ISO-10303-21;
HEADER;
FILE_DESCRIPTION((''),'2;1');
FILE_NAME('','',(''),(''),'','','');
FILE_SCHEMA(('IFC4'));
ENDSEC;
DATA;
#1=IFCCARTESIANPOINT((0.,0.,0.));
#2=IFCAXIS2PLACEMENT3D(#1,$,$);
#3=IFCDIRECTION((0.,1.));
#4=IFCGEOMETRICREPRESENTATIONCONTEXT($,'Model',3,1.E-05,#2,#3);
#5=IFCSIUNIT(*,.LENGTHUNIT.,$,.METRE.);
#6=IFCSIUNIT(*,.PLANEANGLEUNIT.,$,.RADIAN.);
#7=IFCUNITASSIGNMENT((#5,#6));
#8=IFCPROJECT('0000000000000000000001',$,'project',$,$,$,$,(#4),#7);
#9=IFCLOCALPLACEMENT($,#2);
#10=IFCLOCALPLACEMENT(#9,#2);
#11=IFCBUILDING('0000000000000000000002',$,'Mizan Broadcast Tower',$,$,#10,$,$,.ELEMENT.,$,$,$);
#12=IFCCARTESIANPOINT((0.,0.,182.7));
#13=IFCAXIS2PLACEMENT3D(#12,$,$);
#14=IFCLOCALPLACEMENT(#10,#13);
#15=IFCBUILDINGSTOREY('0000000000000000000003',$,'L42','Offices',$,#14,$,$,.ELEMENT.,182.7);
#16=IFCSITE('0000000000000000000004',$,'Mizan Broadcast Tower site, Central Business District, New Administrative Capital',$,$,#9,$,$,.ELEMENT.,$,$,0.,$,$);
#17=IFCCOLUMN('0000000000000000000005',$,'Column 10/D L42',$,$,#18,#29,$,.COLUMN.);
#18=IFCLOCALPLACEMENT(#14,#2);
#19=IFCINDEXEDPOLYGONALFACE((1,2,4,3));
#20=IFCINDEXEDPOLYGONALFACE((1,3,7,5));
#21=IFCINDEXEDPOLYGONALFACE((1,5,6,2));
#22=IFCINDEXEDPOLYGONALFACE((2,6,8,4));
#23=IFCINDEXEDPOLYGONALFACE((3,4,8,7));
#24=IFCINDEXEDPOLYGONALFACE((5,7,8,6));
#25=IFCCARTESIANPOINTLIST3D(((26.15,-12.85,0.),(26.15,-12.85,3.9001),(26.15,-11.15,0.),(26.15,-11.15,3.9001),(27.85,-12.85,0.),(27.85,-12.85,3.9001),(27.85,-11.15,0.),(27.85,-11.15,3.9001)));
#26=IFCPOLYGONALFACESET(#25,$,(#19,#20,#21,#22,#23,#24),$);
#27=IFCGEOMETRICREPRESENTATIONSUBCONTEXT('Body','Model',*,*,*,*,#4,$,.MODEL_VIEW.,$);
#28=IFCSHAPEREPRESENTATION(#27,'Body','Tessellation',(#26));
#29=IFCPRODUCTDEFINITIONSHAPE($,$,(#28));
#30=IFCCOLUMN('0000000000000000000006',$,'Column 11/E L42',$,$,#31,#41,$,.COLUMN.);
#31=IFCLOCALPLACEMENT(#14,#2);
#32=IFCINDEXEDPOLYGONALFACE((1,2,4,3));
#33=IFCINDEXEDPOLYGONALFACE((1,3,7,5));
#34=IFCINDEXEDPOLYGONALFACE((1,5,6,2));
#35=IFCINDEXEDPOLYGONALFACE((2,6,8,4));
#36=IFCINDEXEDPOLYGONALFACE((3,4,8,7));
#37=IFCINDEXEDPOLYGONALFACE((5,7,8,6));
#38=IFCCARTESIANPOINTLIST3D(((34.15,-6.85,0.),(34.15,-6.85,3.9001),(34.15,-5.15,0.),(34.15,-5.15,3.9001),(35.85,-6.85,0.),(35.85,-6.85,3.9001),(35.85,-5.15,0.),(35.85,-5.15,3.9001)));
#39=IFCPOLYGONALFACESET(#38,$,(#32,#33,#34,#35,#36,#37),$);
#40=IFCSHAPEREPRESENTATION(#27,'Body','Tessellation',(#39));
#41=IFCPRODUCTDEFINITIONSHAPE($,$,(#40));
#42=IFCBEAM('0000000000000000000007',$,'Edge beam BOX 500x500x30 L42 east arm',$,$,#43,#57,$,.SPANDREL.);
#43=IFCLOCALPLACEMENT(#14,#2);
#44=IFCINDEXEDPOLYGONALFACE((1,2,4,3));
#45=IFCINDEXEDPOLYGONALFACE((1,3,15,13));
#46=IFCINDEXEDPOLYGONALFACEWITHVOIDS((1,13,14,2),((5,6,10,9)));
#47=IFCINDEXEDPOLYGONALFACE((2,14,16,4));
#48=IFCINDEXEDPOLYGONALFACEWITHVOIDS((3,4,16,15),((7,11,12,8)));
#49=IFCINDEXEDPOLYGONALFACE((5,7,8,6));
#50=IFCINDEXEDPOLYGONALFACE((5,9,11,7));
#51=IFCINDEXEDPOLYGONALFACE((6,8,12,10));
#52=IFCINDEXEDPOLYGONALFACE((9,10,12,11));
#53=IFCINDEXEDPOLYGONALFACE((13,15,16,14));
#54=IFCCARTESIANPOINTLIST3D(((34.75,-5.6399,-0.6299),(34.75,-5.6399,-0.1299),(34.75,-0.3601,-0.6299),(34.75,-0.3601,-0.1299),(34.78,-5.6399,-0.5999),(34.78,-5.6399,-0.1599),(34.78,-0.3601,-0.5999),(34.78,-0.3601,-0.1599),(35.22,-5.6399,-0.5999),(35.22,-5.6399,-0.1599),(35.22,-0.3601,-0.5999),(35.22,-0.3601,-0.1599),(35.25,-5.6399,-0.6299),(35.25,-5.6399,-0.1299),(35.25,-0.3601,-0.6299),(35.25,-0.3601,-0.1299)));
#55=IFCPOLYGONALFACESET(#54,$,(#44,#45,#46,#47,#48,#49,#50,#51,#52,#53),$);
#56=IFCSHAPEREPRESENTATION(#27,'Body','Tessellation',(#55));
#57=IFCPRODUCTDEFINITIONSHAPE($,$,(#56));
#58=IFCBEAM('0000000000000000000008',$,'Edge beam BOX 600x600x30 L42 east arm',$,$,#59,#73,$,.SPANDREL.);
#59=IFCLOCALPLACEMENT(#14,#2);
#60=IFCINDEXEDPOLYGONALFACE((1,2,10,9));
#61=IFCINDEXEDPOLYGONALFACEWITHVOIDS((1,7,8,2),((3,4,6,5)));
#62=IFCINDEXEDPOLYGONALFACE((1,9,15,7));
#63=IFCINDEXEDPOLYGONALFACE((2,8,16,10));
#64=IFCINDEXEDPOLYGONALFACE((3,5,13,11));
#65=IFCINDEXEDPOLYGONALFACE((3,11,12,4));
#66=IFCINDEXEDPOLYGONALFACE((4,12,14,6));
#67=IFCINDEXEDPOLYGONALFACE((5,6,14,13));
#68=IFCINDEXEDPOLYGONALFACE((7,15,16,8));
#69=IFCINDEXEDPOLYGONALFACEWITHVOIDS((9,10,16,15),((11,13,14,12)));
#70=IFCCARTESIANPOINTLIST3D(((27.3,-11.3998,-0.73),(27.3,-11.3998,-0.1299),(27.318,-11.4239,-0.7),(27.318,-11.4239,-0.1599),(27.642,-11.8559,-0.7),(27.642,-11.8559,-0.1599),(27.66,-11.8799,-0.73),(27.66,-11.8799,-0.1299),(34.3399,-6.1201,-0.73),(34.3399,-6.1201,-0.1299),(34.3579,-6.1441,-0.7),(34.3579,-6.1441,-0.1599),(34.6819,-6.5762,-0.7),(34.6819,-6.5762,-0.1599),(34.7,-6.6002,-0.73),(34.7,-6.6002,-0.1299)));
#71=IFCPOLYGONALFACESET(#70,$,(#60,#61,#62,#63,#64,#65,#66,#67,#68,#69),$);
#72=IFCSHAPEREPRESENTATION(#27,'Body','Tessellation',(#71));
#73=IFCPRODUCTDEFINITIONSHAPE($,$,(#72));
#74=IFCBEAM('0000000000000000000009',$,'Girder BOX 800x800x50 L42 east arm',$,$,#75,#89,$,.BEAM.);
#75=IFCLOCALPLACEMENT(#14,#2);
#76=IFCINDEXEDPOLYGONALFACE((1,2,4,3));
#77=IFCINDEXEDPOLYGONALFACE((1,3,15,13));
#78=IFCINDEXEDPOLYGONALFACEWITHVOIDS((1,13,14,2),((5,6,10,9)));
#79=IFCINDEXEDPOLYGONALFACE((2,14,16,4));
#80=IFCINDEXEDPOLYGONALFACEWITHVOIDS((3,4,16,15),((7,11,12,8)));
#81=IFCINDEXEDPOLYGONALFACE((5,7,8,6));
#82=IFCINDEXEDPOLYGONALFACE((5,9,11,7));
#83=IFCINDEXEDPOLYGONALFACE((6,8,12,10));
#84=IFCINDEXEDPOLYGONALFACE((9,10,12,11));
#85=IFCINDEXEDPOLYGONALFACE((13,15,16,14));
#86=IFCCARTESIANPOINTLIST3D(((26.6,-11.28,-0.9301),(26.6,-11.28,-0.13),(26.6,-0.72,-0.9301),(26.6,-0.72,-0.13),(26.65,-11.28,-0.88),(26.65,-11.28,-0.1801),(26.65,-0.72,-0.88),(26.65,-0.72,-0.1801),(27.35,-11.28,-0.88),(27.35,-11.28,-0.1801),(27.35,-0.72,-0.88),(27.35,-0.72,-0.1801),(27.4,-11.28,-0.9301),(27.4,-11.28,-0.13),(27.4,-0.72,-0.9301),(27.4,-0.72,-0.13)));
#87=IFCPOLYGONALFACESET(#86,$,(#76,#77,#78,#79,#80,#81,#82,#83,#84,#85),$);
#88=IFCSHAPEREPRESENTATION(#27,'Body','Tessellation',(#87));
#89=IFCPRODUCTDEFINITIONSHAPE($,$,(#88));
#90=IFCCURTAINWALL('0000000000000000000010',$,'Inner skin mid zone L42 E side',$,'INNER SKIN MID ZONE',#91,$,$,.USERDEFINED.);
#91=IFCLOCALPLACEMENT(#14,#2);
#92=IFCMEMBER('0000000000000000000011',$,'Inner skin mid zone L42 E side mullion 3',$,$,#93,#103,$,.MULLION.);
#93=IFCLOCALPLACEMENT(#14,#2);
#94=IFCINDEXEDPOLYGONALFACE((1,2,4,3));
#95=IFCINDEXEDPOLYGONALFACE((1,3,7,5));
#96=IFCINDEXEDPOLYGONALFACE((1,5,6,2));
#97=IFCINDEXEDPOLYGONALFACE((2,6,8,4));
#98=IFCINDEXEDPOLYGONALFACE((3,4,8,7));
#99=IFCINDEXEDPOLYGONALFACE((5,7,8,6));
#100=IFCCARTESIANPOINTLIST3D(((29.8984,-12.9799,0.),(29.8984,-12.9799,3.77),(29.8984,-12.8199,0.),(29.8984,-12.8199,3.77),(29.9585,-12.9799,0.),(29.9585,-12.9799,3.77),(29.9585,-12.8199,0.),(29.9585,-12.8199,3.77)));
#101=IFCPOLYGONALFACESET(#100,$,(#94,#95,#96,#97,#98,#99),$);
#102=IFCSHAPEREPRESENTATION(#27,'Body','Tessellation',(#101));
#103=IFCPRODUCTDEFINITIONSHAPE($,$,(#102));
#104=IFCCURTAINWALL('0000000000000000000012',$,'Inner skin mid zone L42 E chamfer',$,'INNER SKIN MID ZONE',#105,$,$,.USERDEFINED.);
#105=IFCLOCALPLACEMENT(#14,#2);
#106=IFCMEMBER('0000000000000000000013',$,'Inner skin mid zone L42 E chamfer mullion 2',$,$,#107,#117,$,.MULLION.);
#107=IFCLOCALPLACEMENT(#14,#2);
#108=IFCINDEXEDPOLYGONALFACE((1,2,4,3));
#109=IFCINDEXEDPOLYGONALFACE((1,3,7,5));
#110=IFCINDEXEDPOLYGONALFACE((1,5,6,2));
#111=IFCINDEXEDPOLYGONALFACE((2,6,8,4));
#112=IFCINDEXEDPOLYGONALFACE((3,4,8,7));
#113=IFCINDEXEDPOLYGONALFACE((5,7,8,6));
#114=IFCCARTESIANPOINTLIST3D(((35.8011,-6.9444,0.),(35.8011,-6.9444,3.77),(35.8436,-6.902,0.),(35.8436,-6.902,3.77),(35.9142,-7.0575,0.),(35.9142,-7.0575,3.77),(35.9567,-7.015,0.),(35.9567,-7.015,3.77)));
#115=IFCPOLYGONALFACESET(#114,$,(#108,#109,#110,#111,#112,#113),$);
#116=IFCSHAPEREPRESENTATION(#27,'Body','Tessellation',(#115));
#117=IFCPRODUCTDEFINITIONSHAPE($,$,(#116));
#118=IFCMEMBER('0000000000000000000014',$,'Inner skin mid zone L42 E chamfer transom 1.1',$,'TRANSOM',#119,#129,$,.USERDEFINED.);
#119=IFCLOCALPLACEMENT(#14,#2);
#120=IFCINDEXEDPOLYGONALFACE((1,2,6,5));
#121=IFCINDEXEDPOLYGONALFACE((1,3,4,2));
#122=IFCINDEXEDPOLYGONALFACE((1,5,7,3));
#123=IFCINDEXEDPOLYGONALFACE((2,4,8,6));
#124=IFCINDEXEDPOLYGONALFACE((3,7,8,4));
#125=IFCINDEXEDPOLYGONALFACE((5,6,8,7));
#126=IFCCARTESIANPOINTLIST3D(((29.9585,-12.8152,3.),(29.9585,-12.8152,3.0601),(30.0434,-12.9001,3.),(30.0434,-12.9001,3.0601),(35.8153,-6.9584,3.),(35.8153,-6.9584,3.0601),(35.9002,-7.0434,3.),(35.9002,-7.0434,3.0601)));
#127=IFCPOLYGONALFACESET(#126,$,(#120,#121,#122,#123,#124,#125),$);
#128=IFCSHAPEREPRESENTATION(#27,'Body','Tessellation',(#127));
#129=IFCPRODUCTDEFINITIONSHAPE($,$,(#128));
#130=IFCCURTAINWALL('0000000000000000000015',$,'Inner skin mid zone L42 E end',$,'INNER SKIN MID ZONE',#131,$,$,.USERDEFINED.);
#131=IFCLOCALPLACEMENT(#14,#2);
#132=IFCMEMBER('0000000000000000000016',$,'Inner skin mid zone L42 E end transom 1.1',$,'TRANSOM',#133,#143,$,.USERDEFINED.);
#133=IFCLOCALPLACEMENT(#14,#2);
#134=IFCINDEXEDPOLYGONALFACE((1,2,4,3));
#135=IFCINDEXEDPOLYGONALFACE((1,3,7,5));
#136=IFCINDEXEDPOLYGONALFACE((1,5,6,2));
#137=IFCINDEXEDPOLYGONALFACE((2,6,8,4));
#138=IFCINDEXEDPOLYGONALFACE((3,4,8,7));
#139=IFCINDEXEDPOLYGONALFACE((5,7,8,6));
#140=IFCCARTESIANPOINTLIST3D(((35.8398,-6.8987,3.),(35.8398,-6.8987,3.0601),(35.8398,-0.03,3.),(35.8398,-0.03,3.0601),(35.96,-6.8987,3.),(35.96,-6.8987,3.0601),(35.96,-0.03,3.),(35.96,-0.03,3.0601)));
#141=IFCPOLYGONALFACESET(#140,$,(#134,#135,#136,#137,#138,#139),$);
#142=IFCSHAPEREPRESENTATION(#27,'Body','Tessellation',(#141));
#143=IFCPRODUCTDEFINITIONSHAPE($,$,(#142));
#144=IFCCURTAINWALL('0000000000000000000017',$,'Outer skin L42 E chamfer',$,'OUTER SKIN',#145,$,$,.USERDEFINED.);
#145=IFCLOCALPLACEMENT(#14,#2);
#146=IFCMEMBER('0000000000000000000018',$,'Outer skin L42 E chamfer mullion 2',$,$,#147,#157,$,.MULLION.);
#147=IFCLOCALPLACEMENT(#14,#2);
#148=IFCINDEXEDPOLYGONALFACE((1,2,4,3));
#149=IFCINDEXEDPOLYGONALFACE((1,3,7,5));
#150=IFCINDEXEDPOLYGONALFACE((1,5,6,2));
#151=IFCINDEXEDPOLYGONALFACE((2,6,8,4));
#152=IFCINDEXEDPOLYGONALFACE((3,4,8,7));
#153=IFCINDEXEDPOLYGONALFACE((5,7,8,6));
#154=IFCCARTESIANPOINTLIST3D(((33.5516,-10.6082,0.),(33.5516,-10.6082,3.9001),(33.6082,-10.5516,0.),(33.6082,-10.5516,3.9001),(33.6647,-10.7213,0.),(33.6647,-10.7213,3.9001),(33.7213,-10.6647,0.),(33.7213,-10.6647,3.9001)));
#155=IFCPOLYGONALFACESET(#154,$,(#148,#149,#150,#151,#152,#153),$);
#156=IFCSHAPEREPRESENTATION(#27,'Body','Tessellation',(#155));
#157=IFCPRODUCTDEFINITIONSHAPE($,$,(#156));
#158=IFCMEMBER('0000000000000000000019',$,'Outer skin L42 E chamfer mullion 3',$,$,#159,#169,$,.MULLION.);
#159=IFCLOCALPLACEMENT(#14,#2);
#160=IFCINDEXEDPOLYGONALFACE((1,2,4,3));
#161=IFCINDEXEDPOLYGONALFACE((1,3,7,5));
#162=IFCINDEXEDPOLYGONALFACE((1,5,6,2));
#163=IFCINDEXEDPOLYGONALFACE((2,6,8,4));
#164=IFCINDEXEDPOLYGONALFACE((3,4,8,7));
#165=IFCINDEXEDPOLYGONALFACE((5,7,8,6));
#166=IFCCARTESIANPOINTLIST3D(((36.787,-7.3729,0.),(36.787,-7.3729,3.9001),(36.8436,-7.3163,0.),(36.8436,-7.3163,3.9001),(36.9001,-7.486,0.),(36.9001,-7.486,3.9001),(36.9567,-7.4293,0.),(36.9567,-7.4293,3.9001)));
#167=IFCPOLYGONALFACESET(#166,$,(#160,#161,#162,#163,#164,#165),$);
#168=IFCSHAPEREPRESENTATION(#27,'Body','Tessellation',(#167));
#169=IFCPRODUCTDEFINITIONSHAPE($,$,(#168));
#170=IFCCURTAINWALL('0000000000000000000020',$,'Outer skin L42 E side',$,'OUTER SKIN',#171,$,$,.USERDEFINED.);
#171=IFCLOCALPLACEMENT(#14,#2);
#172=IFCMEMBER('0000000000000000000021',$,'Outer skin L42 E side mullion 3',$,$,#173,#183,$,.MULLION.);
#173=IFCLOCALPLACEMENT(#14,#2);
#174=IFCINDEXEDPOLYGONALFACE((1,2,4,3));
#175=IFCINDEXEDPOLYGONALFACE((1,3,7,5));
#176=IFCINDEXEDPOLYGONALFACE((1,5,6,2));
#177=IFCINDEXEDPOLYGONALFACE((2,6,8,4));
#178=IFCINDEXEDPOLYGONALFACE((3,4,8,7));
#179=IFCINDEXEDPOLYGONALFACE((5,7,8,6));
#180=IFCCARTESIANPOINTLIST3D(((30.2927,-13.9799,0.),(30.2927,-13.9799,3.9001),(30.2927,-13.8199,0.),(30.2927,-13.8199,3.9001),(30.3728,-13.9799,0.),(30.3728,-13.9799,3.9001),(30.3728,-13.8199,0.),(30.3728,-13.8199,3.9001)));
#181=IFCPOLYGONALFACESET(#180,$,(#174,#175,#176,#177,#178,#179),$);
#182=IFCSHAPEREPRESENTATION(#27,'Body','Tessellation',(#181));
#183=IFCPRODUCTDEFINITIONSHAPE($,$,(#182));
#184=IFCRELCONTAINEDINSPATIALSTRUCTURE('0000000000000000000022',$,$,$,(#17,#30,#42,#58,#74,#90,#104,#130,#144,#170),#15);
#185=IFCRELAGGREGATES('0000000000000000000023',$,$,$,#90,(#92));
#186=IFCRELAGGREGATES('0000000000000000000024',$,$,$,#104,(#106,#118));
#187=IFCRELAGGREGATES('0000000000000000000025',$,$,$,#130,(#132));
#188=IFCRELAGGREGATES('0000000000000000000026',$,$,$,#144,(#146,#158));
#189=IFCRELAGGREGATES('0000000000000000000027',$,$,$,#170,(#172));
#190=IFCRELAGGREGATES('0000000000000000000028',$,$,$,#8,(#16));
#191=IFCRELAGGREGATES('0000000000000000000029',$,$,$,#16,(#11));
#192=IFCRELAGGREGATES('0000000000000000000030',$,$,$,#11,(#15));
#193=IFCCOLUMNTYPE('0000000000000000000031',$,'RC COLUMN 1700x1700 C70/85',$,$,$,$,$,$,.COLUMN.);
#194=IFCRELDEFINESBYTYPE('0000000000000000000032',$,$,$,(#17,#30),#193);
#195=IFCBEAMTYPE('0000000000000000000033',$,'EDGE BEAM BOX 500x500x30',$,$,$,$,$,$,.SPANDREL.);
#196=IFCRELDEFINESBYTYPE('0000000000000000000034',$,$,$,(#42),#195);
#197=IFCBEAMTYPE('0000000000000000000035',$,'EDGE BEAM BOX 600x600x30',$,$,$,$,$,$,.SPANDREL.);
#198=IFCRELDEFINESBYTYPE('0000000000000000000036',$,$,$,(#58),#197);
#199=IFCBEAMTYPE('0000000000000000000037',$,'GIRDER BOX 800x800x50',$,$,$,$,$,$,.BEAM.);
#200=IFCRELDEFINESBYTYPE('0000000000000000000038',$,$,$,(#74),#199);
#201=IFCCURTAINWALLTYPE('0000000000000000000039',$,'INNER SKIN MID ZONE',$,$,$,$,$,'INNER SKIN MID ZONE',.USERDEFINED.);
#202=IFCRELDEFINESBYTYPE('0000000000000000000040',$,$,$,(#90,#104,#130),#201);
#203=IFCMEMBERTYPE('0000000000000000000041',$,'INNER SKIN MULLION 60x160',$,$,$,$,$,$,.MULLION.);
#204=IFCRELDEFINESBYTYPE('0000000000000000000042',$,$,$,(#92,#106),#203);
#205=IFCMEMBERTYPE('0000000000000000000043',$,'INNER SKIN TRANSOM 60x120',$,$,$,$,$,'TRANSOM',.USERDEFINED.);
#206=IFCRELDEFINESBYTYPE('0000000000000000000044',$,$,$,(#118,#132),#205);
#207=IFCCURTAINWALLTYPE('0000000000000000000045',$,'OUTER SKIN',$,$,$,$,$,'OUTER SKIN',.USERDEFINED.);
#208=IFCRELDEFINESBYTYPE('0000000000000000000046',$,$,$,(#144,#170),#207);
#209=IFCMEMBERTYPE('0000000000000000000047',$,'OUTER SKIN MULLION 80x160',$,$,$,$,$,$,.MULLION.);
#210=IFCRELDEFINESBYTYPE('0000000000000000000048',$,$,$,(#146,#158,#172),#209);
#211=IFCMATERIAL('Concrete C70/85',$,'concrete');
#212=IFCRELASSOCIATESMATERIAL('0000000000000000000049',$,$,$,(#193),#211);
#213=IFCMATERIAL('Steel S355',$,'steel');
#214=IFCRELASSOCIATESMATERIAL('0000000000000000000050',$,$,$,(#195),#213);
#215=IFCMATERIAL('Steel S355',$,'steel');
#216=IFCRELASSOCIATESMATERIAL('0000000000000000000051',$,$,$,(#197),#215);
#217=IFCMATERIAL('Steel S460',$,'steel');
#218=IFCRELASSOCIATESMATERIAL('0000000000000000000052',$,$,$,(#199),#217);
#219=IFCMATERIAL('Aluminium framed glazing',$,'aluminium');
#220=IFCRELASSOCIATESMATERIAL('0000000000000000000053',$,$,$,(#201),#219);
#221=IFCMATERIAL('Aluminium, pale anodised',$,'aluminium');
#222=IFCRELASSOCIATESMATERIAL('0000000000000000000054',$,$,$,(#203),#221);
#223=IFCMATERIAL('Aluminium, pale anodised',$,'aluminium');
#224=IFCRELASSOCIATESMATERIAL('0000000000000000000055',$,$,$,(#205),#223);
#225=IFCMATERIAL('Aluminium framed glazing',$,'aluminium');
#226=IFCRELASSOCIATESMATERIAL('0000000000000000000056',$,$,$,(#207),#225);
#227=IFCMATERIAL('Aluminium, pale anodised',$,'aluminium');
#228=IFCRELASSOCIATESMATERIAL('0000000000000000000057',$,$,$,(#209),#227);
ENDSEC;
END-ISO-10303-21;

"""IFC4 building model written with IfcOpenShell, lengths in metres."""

from ifc_helpers import new_model, si_unit, direction, frame, origin, origin_2d, place, context, subcontext, project, spatial, rectangle, hollow_rectangle, extrude, material, material_profile, profile_set, type_object, element, aggregate, save


model = new_model("IFC4")

# Units and contexts
model_context = context("Model", 3, precision=1e-05, world=origin(), true_north=direction((0.0, 1.0)))
body_context = subcontext(model_context, "Body", "Model", "MODEL_VIEW")
ifc_project = project(units=[si_unit("LENGTHUNIT", "METRE"), si_unit("PLANEANGLEUNIT", "RADIAN")], contexts=[model_context])

# Site, building, storey
site_placement = place(None, origin())
site = spatial("IfcSite", under=ifc_project, at=site_placement, Name="Mizan Broadcast Tower site, Central Business District, New Administrative Capital", CompositionType="ELEMENT", RefElevation=0.0)
building_placement = place(site_placement, origin())
building = spatial("IfcBuilding", under=site, at=building_placement, Name="Mizan Broadcast Tower", CompositionType="ELEMENT")
storey_placement = place(building_placement, frame((0.0, 0.0, 182.7)))
storey = spatial("IfcBuildingStorey", under=building, at=storey_placement, Name="L42", Description="Offices", CompositionType="ELEMENT", Elevation=182.7)

# Columns
ifc_material_1 = material(Name="Concrete C70/85", Category="concrete")
ifc_material_profile_1 = material_profile(ifc_material_1, rectangle(XDim=1.7, YDim=1.7, at=origin_2d()), Name="RC 1700x1700")
ifc_profile_set_1 = profile_set([ifc_material_profile_1], Name="Concrete C70/85")
column_type = type_object("IfcColumnType", Name="RC COLUMN 1700x1700 C70/85", PredefinedType="COLUMN", material=ifc_profile_set_1)
for number, where, z_axis, x_axis, name in (
    (1, (27.0, -12.0, 0.0), (0.0, 0.0, 1.0), (1.0, 0.0, 0.0), "Column 10/D L42"),
    (2, (35.0, -6.0, 0.0), (0.0, 0.0, 1.0), (1.0, 0.0, 0.0), "Column 11/E L42"),
):
    element("IfcColumn", number, at=place(storey_placement, frame(where, z_axis=z_axis, x_axis=x_axis)), inside=storey, type_object=column_type, Name=name, PredefinedType="COLUMN", context=body_context, shape_type="SweptSolid", body=[
        extrude(rectangle(XDim=1.7, YDim=1.7, at=origin_2d()), origin(), (0.0, 0.0, 1.0), 3.9001),
    ])

# Beams
ifc_material_2 = material(Name="Steel S355", Category="steel")
ifc_material_profile_2 = material_profile(ifc_material_2, hollow_rectangle(XDim=0.5, YDim=0.5, WallThickness=0.03, at=origin_2d()), Name="BOX 500x500x30")
ifc_profile_set_2 = profile_set([ifc_material_profile_2], Name="Steel S355")
beam_type_1 = type_object("IfcBeamType", Name="EDGE BEAM BOX 500x500x30", PredefinedType="SPANDREL", material=ifc_profile_set_2)
beam_1_placement = place(storey_placement, frame((35.0, -5.6399, -0.3799), z_axis=(0.0, 1.0, 0.0), x_axis=(-1.0, 0.0, 0.0)))
element("IfcBeam", 3, at=beam_1_placement, inside=storey, type_object=beam_type_1, Name="Edge beam BOX 500x500x30 L42 east arm", PredefinedType="SPANDREL", context=body_context, shape_type="SweptSolid", body=[
    extrude(hollow_rectangle(XDim=0.5, YDim=0.5, WallThickness=0.03, at=origin_2d()), origin(), (0.0, 0.0, 1.0), 5.2798),
])
ifc_material_3 = material(Name="Steel S355", Category="steel")
ifc_material_profile_3 = material_profile(ifc_material_3, hollow_rectangle(XDim=0.6001, YDim=0.6001, WallThickness=0.03, at=origin_2d()), Name="BOX 600x600x30")
ifc_profile_set_3 = profile_set([ifc_material_profile_3], Name="Steel S355")
beam_type_2 = type_object("IfcBeamType", Name="EDGE BEAM BOX 600x600x30", PredefinedType="SPANDREL", material=ifc_profile_set_3)
beam_2_placement = place(storey_placement, frame((27.48, -11.6399, -0.4299), z_axis=(0.800013, 0.599982, 0.0), x_axis=(-0.599982, 0.800013, 0.0)))
element("IfcBeam", 4, at=beam_2_placement, inside=storey, type_object=beam_type_2, Name="Edge beam BOX 600x600x30 L42 east arm", PredefinedType="SPANDREL", context=body_context, shape_type="SweptSolid", body=[
    extrude(hollow_rectangle(XDim=0.6001, YDim=0.6001, WallThickness=0.03, at=origin_2d()), origin(), (0.0, 0.0, 1.0), 8.7998),
])
ifc_material_4 = material(Name="Steel S460", Category="steel")
ifc_material_profile_4 = material_profile(ifc_material_4, hollow_rectangle(XDim=0.8, YDim=0.8, WallThickness=0.05, at=origin_2d()), Name="BOX 800x800x50")
ifc_profile_set_4 = profile_set([ifc_material_profile_4], Name="Steel S460")
beam_type_3 = type_object("IfcBeamType", Name="GIRDER BOX 800x800x50", PredefinedType="BEAM", material=ifc_profile_set_4)
beam_3_placement = place(storey_placement, frame((27.0, -11.28, -0.53), z_axis=(0.0, 1.0, 0.0), x_axis=(-1.0, 0.0, 0.0)))
element("IfcBeam", 5, at=beam_3_placement, inside=storey, type_object=beam_type_3, Name="Girder BOX 800x800x50 L42 east arm", PredefinedType="BEAM", context=body_context, shape_type="SweptSolid", body=[
    extrude(hollow_rectangle(XDim=0.8, YDim=0.8, WallThickness=0.05, at=origin_2d()), origin(), (0.0, 0.0, 1.0), 10.5601),
])

# Curtain wall, member
ifc_material_5 = material(Name="Aluminium framed glazing", Category="aluminium")
curtain_wall_type_1 = type_object("IfcCurtainWallType", Name="INNER SKIN MID ZONE", ElementType="INNER SKIN MID ZONE", PredefinedType="USERDEFINED", material=ifc_material_5)
curtain_wall_1_placement = place(storey_placement, origin())
curtain_wall_1 = element("IfcCurtainWall", 6, at=curtain_wall_1_placement, inside=storey, type_object=curtain_wall_type_1, Name="Inner skin mid zone L42 E side", ObjectType="INNER SKIN MID ZONE", PredefinedType="USERDEFINED")
ifc_material_6 = material(Name="Aluminium, pale anodised", Category="aluminium")
ifc_material_profile_5 = material_profile(ifc_material_6, rectangle(XDim=0.1599, YDim=0.0601, at=origin_2d()), Name="MULLION 160x60")
ifc_profile_set_5 = profile_set([ifc_material_profile_5], Name="Aluminium, pale anodised")
member_type_1 = type_object("IfcMemberType", Name="INNER SKIN MULLION 60x160", PredefinedType="MULLION", material=ifc_profile_set_5)
member_1_placement = place(storey_placement, frame((29.9285, -12.8999, 0.0), z_axis=(0.0, 0.0, 1.0), x_axis=(0.0, 1.0, 0.0)))
member_1 = element("IfcMember", 7, at=member_1_placement, type_object=member_type_1, Name="Inner skin mid zone L42 E side mullion 3", PredefinedType="MULLION", context=body_context, shape_type="SweptSolid", body=[
    extrude(rectangle(XDim=0.1599, YDim=0.0601, at=origin_2d()), origin(), (0.0, 0.0, 1.0), 3.77),
])

# Curtain wall, members
curtain_wall_2_placement = place(storey_placement, origin())
curtain_wall_2 = element("IfcCurtainWall", 8, at=curtain_wall_2_placement, inside=storey, type_object=curtain_wall_type_1, Name="Inner skin mid zone L42 E chamfer", ObjectType="INNER SKIN MID ZONE", PredefinedType="USERDEFINED")
member_2_placement = place(storey_placement, frame((35.8789, -6.9797, 0.0), z_axis=(0.0, 0.0, 1.0), x_axis=(-0.707107, 0.707107, 0.0)))
member_2 = element("IfcMember", 9, at=member_2_placement, type_object=member_type_1, Name="Inner skin mid zone L42 E chamfer mullion 2", PredefinedType="MULLION", context=body_context, shape_type="SweptSolid", body=[
    extrude(rectangle(XDim=0.1599, YDim=0.0601, at=origin_2d()), origin(), (0.0, 0.0, 1.0), 3.77),
])
ifc_material_7 = material(Name="Aluminium, pale anodised", Category="aluminium")
ifc_material_profile_6 = material_profile(ifc_material_7, rectangle(XDim=0.1201, YDim=0.0601, at=origin_2d()), Name="TRANSOM 120x60")
ifc_profile_set_6 = profile_set([ifc_material_profile_6], Name="Aluminium, pale anodised")
member_type_2 = type_object("IfcMemberType", Name="INNER SKIN TRANSOM 60x120", ElementType="TRANSOM", PredefinedType="USERDEFINED", material=ifc_profile_set_6)
member_3_placement = place(storey_placement, frame((30.001, -12.8577, 3.03), z_axis=(0.707107, 0.707107, 0.0), x_axis=(-0.707107, 0.707107, 0.0)))
member_3 = element("IfcMember", 10, at=member_3_placement, type_object=member_type_2, Name="Inner skin mid zone L42 E chamfer transom 1.1", ObjectType="TRANSOM", PredefinedType="USERDEFINED", context=body_context, shape_type="SweptSolid", body=[
    extrude(rectangle(XDim=0.1201, YDim=0.0601, at=origin_2d()), origin(), (0.0, 0.0, 1.0), 8.2827),
])

# Curtain wall, member
curtain_wall_3_placement = place(storey_placement, origin())
curtain_wall_3 = element("IfcCurtainWall", 11, at=curtain_wall_3_placement, inside=storey, type_object=curtain_wall_type_1, Name="Inner skin mid zone L42 E end", ObjectType="INNER SKIN MID ZONE", PredefinedType="USERDEFINED")
member_4_placement = place(storey_placement, frame((35.8999, -6.8987, 3.03), z_axis=(0.0, 1.0, 0.0), x_axis=(-1.0, 0.0, 0.0)))
member_4 = element("IfcMember", 12, at=member_4_placement, type_object=member_type_2, Name="Inner skin mid zone L42 E end transom 1.1", ObjectType="TRANSOM", PredefinedType="USERDEFINED", context=body_context, shape_type="SweptSolid", body=[
    extrude(rectangle(XDim=0.1201, YDim=0.0601, at=origin_2d()), origin(), (0.0, 0.0, 1.0), 6.8687),
])

# Curtain wall, members
ifc_material_8 = material(Name="Aluminium framed glazing", Category="aluminium")
curtain_wall_type_2 = type_object("IfcCurtainWallType", Name="OUTER SKIN", ElementType="OUTER SKIN", PredefinedType="USERDEFINED", material=ifc_material_8)
curtain_wall_4_placement = place(storey_placement, origin())
curtain_wall_4 = element("IfcCurtainWall", 13, at=curtain_wall_4_placement, inside=storey, type_object=curtain_wall_type_2, Name="Outer skin L42 E chamfer", ObjectType="OUTER SKIN", PredefinedType="USERDEFINED")
ifc_material_9 = material(Name="Aluminium, pale anodised", Category="aluminium")
ifc_material_profile_7 = material_profile(ifc_material_9, rectangle(XDim=0.1599, YDim=0.0801, at=origin_2d()), Name="MULLION 160x80")
ifc_profile_set_7 = profile_set([ifc_material_profile_7], Name="Aluminium, pale anodised")
member_type_3 = type_object("IfcMemberType", Name="OUTER SKIN MULLION 80x160", PredefinedType="MULLION", material=ifc_profile_set_7)
member_5_placement = place(storey_placement, frame((33.6365, -10.6365, 0.0), z_axis=(0.0, 0.0, 1.0), x_axis=(-0.707107, 0.707107, 0.0)))
member_5 = element("IfcMember", 14, at=member_5_placement, type_object=member_type_3, Name="Outer skin L42 E chamfer mullion 2", PredefinedType="MULLION", context=body_context, shape_type="SweptSolid", body=[
    extrude(rectangle(XDim=0.1599, YDim=0.0801, at=origin_2d()), origin(), (0.0, 0.0, 1.0), 3.9001),
])
member_6_placement = place(storey_placement, frame((36.8718, -7.4011, 0.0), z_axis=(0.0, 0.0, 1.0), x_axis=(-0.707107, 0.707107, 0.0)))
member_6 = element("IfcMember", 15, at=member_6_placement, type_object=member_type_3, Name="Outer skin L42 E chamfer mullion 3", PredefinedType="MULLION", context=body_context, shape_type="SweptSolid", body=[
    extrude(rectangle(XDim=0.1599, YDim=0.0801, at=origin_2d()), origin(), (0.0, 0.0, 1.0), 3.9001),
])

# Curtain wall, member
curtain_wall_5_placement = place(storey_placement, origin())
curtain_wall_5 = element("IfcCurtainWall", 16, at=curtain_wall_5_placement, inside=storey, type_object=curtain_wall_type_2, Name="Outer skin L42 E side", ObjectType="OUTER SKIN", PredefinedType="USERDEFINED")
member_7_placement = place(storey_placement, frame((30.3328, -13.8999, 0.0), z_axis=(0.0, 0.0, 1.0), x_axis=(0.0, 1.0, 0.0)))
member_7 = element("IfcMember", 17, at=member_7_placement, type_object=member_type_3, Name="Outer skin L42 E side mullion 3", PredefinedType="MULLION", context=body_context, shape_type="SweptSolid", body=[
    extrude(rectangle(XDim=0.1599, YDim=0.0801, at=origin_2d()), origin(), (0.0, 0.0, 1.0), 3.9001),
])

aggregate(curtain_wall_1, [member_1])
aggregate(curtain_wall_2, [member_2, member_3])
aggregate(curtain_wall_3, [member_4])
aggregate(curtain_wall_4, [member_5, member_6])
aggregate(curtain_wall_5, [member_7])

save(model, "model.ifc")
